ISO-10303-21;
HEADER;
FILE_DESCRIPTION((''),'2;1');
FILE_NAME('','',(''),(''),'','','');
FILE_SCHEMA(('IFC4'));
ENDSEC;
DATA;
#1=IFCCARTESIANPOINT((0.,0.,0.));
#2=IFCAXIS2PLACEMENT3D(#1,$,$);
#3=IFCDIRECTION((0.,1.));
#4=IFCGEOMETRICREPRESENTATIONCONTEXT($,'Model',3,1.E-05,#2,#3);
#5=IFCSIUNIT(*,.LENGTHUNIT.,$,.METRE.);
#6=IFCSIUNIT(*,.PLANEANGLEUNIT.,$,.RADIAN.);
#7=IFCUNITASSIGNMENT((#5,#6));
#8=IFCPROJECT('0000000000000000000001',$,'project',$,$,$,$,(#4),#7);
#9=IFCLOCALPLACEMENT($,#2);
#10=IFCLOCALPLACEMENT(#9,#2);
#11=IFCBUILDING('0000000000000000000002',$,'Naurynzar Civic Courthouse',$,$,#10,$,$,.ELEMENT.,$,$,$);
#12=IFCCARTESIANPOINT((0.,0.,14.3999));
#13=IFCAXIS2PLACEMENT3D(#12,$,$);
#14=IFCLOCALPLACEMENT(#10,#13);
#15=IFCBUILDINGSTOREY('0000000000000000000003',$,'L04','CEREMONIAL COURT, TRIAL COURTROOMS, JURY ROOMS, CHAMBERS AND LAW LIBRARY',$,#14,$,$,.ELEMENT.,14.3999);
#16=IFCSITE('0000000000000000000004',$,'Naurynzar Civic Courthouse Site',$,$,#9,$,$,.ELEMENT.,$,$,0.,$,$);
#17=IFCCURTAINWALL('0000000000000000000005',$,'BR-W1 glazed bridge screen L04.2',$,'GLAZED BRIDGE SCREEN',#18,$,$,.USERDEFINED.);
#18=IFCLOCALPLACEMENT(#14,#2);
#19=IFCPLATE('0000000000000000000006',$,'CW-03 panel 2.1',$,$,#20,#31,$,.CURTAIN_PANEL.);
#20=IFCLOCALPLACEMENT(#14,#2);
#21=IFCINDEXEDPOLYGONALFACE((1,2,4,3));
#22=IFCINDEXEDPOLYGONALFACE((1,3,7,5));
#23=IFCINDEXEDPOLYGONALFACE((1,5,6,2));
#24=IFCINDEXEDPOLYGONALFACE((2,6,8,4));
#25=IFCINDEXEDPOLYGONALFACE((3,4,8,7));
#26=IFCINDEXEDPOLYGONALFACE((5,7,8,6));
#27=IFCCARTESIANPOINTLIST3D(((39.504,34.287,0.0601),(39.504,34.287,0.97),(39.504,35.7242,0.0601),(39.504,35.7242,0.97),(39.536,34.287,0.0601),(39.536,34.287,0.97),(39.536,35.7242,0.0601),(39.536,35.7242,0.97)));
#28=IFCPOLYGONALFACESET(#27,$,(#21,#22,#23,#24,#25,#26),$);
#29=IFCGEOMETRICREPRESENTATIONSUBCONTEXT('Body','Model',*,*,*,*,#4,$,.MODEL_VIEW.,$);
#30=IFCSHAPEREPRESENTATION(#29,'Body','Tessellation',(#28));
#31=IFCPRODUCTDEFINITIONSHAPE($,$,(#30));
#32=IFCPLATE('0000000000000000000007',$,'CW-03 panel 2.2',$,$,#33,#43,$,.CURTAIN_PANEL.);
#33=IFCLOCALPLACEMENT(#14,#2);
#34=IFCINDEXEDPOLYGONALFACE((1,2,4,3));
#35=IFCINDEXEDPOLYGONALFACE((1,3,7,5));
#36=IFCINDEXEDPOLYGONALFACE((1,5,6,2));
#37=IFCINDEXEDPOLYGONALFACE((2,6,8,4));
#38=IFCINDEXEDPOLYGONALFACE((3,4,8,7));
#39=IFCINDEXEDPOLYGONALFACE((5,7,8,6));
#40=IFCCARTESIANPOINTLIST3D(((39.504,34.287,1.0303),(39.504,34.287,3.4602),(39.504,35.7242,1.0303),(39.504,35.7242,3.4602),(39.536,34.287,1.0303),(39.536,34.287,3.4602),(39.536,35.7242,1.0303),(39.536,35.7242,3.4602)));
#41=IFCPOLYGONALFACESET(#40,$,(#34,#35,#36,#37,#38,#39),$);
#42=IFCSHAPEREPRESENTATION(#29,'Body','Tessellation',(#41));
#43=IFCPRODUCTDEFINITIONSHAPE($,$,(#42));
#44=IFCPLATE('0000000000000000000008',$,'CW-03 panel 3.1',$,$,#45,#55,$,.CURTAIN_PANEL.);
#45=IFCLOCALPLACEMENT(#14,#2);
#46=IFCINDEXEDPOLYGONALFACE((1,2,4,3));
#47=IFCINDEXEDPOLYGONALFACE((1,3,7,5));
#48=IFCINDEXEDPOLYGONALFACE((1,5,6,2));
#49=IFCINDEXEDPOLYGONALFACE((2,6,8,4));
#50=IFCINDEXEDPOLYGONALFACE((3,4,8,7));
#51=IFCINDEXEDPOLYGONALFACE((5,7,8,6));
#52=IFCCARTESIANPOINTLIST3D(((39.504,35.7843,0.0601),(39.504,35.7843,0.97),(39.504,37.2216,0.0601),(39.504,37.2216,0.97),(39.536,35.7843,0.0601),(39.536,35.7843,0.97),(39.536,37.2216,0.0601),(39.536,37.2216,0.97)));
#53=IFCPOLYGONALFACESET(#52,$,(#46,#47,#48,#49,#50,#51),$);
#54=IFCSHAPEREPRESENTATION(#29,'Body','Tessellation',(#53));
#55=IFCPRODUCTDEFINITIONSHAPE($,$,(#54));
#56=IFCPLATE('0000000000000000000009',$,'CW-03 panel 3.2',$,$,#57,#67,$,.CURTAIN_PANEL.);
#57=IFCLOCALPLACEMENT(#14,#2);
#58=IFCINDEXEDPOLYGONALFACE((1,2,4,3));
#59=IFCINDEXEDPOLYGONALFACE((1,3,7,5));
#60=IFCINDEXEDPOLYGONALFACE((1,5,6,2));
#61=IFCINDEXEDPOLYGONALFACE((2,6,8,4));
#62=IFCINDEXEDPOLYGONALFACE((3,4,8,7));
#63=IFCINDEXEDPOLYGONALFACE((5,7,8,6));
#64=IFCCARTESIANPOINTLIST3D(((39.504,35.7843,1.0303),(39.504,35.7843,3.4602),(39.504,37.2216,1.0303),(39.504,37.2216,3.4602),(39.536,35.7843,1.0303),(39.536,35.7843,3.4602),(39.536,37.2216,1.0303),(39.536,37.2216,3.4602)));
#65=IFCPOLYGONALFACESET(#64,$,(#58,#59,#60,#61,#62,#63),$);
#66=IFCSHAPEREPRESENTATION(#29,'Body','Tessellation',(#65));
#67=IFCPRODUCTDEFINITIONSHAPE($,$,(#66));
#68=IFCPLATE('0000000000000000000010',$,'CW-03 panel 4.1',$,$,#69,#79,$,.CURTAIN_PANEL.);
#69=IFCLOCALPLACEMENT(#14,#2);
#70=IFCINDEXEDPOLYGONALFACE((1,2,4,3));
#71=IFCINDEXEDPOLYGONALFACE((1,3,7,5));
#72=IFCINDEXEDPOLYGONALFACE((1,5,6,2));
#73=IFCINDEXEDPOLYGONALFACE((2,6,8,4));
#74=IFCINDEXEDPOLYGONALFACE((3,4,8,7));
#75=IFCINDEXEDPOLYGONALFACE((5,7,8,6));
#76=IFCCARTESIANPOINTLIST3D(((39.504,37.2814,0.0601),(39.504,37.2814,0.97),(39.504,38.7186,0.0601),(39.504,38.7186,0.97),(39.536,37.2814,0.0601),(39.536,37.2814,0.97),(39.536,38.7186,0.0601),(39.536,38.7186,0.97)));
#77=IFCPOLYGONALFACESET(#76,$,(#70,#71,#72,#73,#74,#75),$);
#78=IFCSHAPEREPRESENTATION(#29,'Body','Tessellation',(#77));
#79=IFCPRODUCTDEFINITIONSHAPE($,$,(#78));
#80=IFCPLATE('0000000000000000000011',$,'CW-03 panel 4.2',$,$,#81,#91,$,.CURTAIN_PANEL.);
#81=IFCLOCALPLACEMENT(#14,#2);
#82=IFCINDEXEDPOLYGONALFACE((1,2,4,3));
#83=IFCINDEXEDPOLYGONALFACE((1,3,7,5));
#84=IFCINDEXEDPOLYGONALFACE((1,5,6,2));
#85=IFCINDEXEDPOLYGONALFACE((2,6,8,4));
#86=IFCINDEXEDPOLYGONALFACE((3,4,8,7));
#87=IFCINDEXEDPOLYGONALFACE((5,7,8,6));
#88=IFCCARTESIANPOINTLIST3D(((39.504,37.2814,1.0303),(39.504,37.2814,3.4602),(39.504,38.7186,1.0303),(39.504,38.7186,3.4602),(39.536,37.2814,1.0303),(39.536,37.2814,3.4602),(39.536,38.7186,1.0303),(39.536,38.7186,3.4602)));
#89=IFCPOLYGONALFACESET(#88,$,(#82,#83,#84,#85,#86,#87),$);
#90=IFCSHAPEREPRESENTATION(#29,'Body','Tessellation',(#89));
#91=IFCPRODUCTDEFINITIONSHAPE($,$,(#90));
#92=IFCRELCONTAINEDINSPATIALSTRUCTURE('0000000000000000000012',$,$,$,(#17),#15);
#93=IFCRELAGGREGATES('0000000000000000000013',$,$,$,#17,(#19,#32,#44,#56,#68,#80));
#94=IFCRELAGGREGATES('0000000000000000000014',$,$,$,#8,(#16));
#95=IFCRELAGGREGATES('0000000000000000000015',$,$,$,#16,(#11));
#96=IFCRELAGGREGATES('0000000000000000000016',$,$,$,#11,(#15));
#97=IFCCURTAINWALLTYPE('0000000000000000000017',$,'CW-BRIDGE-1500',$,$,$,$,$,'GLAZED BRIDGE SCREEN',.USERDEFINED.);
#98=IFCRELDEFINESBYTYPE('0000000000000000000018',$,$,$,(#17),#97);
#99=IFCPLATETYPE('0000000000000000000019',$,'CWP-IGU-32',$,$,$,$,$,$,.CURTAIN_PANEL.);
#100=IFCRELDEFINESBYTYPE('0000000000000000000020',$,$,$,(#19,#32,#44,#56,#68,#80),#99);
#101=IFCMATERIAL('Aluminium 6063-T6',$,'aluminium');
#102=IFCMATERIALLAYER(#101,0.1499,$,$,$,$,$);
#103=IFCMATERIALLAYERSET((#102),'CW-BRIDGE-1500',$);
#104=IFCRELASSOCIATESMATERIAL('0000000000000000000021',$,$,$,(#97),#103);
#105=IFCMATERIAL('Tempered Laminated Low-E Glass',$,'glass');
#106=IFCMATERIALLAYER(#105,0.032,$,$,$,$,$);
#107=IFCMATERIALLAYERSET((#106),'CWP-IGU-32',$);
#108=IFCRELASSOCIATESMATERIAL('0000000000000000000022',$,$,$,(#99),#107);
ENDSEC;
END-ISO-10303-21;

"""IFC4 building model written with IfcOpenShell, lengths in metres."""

from ifc_helpers import new_model, si_unit, direction, frame, origin, origin_2d, place, context, subcontext, project, spatial, rectangle, extrude, material, layer, layer_set, type_object, element, aggregate, save


model = new_model("IFC4")

# Units and contexts
model_context = context("Model", 3, precision=1e-05, world=origin(), true_north=direction((0.0, 1.0)))
body_context = subcontext(model_context, "Body", "Model", "MODEL_VIEW")
ifc_project = project(units=[si_unit("LENGTHUNIT", "METRE"), si_unit("PLANEANGLEUNIT", "RADIAN")], contexts=[model_context])

# Site, building, storey
site_placement = place(None, origin())
site = spatial("IfcSite", under=ifc_project, at=site_placement, Name="Naurynzar Civic Courthouse Site", CompositionType="ELEMENT", RefElevation=0.0)
building_placement = place(site_placement, origin())
building = spatial("IfcBuilding", under=site, at=building_placement, Name="Naurynzar Civic Courthouse", CompositionType="ELEMENT")
storey_placement = place(building_placement, frame((0.0, 0.0, 14.3999)))
storey = spatial("IfcBuildingStorey", under=building, at=storey_placement, Name="L04", Description="CEREMONIAL COURT, TRIAL COURTROOMS, JURY ROOMS, CHAMBERS AND LAW LIBRARY", CompositionType="ELEMENT", Elevation=14.3999)

# Curtain wall
ifc_material_1 = material(Name="Aluminium 6063-T6", Category="aluminium")
ifc_layer_1 = layer(ifc_material_1, 0.1499)
ifc_layer_set_1 = layer_set([ifc_layer_1], Name="CW-BRIDGE-1500")
curtain_wall_type = type_object("IfcCurtainWallType", Name="CW-BRIDGE-1500", ElementType="GLAZED BRIDGE SCREEN", PredefinedType="USERDEFINED", material=ifc_layer_set_1)
curtain_wall_1_placement = place(storey_placement, origin())
curtain_wall_1 = element("IfcCurtainWall", 1, at=curtain_wall_1_placement, inside=storey, type_object=curtain_wall_type, Name="BR-W1 glazed bridge screen L04.2", ObjectType="GLAZED BRIDGE SCREEN", PredefinedType="USERDEFINED")

# Plates
ifc_material_2 = material(Name="Tempered Laminated Low-E Glass", Category="glass")
ifc_layer_2 = layer(ifc_material_2, 0.032)
ifc_layer_set_2 = layer_set([ifc_layer_2], Name="CWP-IGU-32")
plate_type = type_object("IfcPlateType", Name="CWP-IGU-32", PredefinedType="CURTAIN_PANEL", material=ifc_layer_set_2)
plate_1_placement = place(storey_placement, frame((39.52, 35.0056, 0.0601), z_axis=(0.0, 0.0, 1.0), x_axis=(0.0, 1.0, 0.0)))
plate_1 = element("IfcPlate", 2, at=plate_1_placement, type_object=plate_type, Name="CW-03 panel 2.1", PredefinedType="CURTAIN_PANEL", context=body_context, shape_type="SweptSolid", body=[
    extrude(rectangle(XDim=1.4373, YDim=0.032, at=origin_2d()), origin(), (0.0, 0.0, 1.0), 0.9099),
])
plate_2_placement = place(storey_placement, frame((39.52, 35.0056, 1.0303), z_axis=(0.0, 0.0, 1.0), x_axis=(0.0, 1.0, 0.0)))
plate_2 = element("IfcPlate", 3, at=plate_2_placement, type_object=plate_type, Name="CW-03 panel 2.2", PredefinedType="CURTAIN_PANEL", context=body_context, shape_type="SweptSolid", body=[
    extrude(rectangle(XDim=1.4373, YDim=0.032, at=origin_2d()), origin(), (0.0, 0.0, 1.0), 2.4299),
])
plate_3_placement = place(storey_placement, frame((39.52, 36.5029, 0.0601), z_axis=(0.0, 0.0, 1.0), x_axis=(0.0, 1.0, 0.0)))
plate_3 = element("IfcPlate", 4, at=plate_3_placement, type_object=plate_type, Name="CW-03 panel 3.1", PredefinedType="CURTAIN_PANEL", context=body_context, shape_type="SweptSolid", body=[
    extrude(rectangle(XDim=1.4373, YDim=0.032, at=origin_2d()), origin(), (0.0, 0.0, 1.0), 0.9099),
])
plate_4_placement = place(storey_placement, frame((39.52, 36.5029, 1.0303), z_axis=(0.0, 0.0, 1.0), x_axis=(0.0, 1.0, 0.0)))
plate_4 = element("IfcPlate", 5, at=plate_4_placement, type_object=plate_type, Name="CW-03 panel 3.2", PredefinedType="CURTAIN_PANEL", context=body_context, shape_type="SweptSolid", body=[
    extrude(rectangle(XDim=1.4373, YDim=0.032, at=origin_2d()), origin(), (0.0, 0.0, 1.0), 2.4299),
])
plate_5_placement = place(storey_placement, frame((39.52, 38.0, 0.0601), z_axis=(0.0, 0.0, 1.0), x_axis=(0.0, 1.0, 0.0)))
plate_5 = element("IfcPlate", 6, at=plate_5_placement, type_object=plate_type, Name="CW-03 panel 4.1", PredefinedType="CURTAIN_PANEL", context=body_context, shape_type="SweptSolid", body=[
    extrude(rectangle(XDim=1.4373, YDim=0.032, at=origin_2d()), origin(), (0.0, 0.0, 1.0), 0.9099),
])
plate_6_placement = place(storey_placement, frame((39.52, 38.0, 1.0303), z_axis=(0.0, 0.0, 1.0), x_axis=(0.0, 1.0, 0.0)))
plate_6 = element("IfcPlate", 7, at=plate_6_placement, type_object=plate_type, Name="CW-03 panel 4.2", PredefinedType="CURTAIN_PANEL", context=body_context, shape_type="SweptSolid", body=[
    extrude(rectangle(XDim=1.4373, YDim=0.032, at=origin_2d()), origin(), (0.0, 0.0, 1.0), 2.4299),
])
aggregate(curtain_wall_1, [plate_1, plate_2, plate_3, plate_4, plate_5, plate_6])

save(model, "model.ifc")
